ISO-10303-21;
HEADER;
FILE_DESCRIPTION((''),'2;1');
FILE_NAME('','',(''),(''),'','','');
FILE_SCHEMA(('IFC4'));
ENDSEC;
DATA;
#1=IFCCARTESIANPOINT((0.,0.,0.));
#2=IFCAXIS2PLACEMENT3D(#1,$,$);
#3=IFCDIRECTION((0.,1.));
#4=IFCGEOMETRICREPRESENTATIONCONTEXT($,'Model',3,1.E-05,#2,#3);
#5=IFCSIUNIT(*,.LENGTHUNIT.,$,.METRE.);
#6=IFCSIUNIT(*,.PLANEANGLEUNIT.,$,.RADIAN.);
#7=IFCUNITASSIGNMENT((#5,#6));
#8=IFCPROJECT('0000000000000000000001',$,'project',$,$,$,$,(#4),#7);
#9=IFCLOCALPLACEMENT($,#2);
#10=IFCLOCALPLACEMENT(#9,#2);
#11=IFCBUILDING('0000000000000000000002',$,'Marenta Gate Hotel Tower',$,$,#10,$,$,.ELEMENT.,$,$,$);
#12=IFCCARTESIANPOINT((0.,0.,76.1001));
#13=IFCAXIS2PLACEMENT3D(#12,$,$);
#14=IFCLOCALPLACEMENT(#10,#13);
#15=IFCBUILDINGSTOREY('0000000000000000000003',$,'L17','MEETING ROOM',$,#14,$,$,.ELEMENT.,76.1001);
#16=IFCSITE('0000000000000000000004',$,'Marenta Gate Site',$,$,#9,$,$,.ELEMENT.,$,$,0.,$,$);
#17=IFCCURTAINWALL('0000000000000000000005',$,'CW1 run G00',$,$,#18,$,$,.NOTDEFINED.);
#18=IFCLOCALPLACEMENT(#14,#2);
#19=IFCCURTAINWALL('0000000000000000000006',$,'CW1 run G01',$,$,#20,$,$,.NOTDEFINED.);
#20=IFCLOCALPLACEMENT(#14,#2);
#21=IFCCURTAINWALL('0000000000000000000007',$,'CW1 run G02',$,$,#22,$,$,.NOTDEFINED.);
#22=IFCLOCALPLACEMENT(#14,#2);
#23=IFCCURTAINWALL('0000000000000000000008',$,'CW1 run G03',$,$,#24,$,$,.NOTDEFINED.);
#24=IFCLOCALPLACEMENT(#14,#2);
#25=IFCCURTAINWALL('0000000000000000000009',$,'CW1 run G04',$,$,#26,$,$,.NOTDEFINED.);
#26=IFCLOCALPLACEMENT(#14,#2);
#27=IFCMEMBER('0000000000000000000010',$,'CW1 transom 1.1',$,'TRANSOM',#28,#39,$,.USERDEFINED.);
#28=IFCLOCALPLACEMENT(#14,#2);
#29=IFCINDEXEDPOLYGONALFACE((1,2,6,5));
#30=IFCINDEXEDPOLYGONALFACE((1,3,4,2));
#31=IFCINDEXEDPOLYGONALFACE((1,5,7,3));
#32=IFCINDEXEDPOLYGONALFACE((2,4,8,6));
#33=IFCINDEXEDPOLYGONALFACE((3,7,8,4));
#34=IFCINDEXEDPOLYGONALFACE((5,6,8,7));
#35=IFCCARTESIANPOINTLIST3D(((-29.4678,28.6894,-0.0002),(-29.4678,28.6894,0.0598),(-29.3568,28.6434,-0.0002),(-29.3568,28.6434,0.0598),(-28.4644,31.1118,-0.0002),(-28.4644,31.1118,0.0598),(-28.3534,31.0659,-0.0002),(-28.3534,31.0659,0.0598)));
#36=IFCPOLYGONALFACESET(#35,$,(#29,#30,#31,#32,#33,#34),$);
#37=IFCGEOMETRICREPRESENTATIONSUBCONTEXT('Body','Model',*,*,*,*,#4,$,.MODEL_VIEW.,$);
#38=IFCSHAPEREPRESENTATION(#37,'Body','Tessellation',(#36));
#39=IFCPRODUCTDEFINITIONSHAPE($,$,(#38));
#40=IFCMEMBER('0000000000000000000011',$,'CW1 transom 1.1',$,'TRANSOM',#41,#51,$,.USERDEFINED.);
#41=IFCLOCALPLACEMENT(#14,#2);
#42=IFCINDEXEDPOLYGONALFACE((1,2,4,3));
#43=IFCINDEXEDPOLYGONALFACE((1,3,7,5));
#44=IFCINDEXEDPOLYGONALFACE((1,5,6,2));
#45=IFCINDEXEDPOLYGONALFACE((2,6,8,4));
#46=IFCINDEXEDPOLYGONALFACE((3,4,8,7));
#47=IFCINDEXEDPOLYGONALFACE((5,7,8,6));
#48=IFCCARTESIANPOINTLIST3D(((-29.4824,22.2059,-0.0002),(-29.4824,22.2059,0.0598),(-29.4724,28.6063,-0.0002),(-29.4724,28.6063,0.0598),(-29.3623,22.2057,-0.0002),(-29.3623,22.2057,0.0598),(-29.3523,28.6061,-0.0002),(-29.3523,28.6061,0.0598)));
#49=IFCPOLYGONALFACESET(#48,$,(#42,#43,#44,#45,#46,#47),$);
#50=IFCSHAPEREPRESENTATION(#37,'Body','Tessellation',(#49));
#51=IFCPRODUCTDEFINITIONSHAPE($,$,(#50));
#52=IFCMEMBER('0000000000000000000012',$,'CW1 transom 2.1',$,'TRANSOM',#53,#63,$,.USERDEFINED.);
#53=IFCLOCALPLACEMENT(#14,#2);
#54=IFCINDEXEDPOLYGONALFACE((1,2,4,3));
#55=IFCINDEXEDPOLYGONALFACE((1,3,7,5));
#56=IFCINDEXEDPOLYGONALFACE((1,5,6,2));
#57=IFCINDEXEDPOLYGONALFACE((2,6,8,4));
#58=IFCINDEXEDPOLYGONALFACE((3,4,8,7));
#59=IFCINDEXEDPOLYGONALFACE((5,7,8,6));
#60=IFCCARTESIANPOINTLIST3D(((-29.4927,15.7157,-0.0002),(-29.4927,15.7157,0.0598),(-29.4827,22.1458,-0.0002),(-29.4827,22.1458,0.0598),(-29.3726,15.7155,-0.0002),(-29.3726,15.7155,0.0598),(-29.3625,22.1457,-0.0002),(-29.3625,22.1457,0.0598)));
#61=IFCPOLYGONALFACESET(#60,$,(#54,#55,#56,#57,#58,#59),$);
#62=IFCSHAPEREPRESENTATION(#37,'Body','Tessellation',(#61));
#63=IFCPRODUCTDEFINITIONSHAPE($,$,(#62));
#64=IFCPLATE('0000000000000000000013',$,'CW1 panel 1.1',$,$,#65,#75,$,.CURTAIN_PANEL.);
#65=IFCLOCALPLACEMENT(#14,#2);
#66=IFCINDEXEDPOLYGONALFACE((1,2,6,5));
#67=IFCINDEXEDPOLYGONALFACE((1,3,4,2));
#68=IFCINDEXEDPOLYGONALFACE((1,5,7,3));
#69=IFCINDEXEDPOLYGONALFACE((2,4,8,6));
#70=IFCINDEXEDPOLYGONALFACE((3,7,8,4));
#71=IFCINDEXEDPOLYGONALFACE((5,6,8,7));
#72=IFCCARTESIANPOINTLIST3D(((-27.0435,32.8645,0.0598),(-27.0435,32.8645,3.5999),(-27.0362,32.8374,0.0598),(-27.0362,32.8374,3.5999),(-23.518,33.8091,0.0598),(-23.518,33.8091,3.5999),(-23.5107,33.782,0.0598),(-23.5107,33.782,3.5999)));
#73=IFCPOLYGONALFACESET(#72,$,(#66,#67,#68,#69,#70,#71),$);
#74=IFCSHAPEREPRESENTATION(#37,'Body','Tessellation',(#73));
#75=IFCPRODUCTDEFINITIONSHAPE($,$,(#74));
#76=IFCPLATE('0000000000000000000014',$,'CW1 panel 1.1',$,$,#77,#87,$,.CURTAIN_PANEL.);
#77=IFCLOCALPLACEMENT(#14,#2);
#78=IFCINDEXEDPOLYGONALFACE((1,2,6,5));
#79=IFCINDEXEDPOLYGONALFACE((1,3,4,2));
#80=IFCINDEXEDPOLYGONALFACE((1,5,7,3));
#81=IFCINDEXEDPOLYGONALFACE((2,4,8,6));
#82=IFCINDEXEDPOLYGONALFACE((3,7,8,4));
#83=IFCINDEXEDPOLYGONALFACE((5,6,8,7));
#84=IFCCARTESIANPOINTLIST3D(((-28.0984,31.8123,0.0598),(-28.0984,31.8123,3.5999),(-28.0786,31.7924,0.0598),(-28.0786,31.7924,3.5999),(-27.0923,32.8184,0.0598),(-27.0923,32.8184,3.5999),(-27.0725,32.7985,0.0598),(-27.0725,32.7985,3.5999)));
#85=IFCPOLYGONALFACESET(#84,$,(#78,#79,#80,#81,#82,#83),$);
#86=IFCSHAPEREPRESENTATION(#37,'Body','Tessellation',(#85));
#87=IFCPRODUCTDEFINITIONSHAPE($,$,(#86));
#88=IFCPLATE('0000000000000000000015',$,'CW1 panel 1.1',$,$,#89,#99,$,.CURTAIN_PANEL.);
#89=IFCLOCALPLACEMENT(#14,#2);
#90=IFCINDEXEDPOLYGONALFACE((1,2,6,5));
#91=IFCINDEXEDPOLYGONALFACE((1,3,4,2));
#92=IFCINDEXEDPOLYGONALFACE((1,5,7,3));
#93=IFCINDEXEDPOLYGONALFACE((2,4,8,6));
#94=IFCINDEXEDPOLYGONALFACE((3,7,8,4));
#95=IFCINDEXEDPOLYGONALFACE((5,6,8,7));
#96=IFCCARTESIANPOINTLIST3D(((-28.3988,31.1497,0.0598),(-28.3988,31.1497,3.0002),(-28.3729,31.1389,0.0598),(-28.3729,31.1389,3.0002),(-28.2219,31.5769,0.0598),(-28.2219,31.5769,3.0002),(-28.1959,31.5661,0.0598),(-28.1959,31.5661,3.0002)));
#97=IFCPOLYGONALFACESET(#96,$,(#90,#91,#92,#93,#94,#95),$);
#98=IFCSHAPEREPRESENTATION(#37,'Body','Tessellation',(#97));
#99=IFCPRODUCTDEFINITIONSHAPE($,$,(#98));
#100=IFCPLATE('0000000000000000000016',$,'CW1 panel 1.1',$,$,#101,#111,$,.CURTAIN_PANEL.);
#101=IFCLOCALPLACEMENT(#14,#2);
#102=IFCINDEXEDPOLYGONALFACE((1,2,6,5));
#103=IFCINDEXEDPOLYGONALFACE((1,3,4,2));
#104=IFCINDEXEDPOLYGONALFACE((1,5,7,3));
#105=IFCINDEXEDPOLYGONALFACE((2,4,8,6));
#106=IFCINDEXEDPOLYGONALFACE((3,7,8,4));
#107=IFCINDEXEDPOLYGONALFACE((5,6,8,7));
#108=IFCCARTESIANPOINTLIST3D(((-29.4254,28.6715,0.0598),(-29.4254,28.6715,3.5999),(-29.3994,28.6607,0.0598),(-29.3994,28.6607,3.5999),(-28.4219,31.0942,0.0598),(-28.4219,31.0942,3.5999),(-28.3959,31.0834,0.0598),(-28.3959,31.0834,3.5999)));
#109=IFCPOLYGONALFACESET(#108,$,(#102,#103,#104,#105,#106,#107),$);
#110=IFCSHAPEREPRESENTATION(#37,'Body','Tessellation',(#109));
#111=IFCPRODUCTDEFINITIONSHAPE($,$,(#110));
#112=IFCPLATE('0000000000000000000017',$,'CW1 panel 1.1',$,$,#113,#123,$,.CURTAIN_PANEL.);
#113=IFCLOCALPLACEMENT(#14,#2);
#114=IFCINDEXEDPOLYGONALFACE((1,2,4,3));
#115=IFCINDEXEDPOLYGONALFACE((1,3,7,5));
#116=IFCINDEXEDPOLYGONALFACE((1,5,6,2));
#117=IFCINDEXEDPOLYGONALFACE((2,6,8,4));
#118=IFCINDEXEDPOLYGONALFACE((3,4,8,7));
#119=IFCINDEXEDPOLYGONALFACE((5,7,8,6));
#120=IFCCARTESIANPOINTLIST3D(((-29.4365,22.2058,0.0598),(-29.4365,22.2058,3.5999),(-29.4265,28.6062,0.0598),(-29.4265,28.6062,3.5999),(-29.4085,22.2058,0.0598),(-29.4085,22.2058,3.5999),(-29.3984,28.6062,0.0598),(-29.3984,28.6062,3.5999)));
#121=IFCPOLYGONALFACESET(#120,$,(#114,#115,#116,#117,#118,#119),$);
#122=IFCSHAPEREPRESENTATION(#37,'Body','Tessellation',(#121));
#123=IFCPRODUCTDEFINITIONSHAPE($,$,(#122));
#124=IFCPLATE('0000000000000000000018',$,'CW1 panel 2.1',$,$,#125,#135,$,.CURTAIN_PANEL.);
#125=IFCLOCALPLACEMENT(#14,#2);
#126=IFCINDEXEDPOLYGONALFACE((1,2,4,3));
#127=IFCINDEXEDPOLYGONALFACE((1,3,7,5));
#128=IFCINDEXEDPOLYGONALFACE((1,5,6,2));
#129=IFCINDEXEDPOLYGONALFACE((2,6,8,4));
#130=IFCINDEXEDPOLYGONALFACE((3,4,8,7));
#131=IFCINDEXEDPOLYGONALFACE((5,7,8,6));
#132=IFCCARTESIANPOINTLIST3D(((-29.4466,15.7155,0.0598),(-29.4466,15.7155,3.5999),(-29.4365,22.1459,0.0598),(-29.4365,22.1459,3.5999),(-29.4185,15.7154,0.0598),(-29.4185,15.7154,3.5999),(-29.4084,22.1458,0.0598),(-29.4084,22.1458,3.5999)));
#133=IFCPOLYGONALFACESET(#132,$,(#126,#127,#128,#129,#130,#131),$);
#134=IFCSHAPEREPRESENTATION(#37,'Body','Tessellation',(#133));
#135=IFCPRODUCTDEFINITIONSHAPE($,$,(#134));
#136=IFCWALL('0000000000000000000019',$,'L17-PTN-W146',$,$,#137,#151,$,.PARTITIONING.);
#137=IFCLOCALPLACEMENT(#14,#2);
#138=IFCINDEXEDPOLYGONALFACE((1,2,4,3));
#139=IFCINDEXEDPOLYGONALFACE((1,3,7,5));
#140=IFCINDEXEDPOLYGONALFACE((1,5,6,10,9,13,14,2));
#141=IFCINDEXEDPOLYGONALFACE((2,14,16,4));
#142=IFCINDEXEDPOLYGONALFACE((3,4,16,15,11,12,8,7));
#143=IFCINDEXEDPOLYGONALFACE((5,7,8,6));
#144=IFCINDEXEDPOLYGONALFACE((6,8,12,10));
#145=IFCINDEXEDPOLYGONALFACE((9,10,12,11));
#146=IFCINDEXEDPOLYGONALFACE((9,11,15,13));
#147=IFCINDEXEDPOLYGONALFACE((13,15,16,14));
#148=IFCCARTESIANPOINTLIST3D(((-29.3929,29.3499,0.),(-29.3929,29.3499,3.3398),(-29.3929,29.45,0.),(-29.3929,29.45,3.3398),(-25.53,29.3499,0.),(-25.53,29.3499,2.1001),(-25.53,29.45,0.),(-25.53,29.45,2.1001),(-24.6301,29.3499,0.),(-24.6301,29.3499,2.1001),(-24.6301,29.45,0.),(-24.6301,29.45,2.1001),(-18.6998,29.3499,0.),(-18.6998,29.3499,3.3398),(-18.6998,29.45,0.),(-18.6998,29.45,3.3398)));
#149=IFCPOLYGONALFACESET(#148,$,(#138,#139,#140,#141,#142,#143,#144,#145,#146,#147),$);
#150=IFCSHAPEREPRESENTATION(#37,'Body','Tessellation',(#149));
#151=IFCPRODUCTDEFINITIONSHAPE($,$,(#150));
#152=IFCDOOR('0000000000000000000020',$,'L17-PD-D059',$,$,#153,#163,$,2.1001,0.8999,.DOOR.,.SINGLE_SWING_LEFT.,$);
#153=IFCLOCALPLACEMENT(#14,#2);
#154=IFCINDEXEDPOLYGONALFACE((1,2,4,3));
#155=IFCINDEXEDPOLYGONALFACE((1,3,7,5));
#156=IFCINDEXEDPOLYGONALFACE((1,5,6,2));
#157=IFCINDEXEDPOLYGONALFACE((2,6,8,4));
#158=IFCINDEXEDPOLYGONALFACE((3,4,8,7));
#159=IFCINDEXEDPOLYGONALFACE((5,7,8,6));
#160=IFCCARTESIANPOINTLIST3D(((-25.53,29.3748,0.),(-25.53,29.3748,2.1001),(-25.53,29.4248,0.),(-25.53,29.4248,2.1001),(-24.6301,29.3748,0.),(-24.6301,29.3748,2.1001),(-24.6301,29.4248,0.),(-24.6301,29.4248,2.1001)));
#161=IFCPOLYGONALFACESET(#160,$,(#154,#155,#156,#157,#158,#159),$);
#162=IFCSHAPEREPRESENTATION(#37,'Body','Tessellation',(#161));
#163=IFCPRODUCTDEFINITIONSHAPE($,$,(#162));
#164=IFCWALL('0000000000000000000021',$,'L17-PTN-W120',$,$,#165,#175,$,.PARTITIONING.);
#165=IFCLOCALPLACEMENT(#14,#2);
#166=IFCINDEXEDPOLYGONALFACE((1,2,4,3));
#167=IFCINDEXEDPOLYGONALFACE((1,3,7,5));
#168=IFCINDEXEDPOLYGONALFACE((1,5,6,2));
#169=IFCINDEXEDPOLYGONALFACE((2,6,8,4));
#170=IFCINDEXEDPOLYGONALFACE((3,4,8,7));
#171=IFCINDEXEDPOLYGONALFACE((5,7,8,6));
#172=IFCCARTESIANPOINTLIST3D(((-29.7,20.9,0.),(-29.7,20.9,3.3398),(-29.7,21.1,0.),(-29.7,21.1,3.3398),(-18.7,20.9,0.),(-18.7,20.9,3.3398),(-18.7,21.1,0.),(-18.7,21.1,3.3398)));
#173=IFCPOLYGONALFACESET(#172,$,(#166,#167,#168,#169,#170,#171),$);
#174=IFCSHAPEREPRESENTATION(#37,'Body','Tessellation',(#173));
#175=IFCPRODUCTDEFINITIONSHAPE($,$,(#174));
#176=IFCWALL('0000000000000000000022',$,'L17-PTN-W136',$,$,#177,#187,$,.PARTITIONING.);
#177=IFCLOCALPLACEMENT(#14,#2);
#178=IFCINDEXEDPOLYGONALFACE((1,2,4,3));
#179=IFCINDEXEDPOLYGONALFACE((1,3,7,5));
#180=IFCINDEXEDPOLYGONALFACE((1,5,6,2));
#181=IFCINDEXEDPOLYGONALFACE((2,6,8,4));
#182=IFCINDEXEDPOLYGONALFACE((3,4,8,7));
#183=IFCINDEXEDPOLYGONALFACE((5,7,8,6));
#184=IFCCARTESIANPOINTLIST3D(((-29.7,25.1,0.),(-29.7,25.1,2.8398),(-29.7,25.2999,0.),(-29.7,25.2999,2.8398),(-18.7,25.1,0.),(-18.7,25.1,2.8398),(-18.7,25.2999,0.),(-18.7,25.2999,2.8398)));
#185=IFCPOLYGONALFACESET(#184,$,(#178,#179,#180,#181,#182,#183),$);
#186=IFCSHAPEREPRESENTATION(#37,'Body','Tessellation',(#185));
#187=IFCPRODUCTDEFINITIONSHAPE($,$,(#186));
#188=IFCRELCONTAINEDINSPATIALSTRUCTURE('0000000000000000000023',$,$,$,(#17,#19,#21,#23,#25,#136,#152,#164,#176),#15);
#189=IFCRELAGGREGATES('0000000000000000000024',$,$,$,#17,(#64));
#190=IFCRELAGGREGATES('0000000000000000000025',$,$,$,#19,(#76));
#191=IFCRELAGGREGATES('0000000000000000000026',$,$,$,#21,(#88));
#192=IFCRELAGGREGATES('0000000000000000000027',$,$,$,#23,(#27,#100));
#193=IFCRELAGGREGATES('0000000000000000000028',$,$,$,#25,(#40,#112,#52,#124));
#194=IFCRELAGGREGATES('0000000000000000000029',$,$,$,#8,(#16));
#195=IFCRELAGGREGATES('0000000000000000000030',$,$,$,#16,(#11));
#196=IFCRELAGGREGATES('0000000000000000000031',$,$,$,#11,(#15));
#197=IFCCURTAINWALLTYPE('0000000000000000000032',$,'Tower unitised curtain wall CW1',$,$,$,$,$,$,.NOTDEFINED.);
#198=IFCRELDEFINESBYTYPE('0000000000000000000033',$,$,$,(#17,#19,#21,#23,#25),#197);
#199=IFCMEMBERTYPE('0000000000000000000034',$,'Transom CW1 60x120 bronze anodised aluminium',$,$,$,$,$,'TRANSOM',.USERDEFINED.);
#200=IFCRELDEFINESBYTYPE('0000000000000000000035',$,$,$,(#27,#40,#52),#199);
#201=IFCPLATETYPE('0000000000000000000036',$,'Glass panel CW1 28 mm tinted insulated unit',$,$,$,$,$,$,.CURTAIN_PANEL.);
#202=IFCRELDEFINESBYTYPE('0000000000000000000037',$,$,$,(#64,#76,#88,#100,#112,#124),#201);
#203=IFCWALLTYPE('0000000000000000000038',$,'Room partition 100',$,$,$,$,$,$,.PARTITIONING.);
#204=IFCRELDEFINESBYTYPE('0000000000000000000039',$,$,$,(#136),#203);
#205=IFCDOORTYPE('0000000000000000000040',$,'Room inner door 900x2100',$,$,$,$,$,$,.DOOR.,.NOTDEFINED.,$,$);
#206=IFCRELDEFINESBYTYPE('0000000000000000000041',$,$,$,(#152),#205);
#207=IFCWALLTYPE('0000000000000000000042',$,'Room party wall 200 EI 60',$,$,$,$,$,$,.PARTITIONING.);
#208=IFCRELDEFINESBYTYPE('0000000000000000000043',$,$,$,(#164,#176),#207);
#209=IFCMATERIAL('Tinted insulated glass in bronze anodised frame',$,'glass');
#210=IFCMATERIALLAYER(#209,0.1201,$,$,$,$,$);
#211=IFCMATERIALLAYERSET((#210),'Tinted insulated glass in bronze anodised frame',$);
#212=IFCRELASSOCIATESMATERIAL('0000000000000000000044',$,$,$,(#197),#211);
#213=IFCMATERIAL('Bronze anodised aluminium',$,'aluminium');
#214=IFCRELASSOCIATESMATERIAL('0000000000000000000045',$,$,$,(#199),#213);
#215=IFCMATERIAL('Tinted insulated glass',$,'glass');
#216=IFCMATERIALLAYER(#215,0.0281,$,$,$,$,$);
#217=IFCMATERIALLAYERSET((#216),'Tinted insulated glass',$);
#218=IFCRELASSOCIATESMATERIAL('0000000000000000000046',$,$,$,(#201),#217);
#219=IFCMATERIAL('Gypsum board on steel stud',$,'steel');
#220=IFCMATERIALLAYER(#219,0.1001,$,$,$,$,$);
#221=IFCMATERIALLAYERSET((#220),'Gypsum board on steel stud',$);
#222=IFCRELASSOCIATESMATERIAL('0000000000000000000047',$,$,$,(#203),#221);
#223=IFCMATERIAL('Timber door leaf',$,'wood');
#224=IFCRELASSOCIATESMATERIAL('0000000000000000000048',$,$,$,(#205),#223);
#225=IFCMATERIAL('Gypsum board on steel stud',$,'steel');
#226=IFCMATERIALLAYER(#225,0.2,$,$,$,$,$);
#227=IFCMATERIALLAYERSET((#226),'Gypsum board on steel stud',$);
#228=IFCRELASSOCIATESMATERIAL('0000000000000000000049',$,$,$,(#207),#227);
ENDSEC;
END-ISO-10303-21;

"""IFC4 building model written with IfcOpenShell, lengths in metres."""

from ifc_helpers import new_model, si_unit, direction, frame, frame_2d, origin, origin_2d, place, context, subcontext, project, spatial, rectangle, extrude, material, layer, layer_set, material_profile, profile_set, type_object, element, fill, aggregate, save


model = new_model("IFC4")

# Units and contexts
model_context = context("Model", 3, precision=1e-05, world=origin(), true_north=direction((0.0, 1.0)))
body_context = subcontext(model_context, "Body", "Model", "MODEL_VIEW")
ifc_project = project(units=[si_unit("LENGTHUNIT", "METRE"), si_unit("PLANEANGLEUNIT", "RADIAN")], contexts=[model_context])

# Site, building, storey
site_placement = place(None, origin())
site = spatial("IfcSite", under=ifc_project, at=site_placement, Name="Marenta Gate Site", CompositionType="ELEMENT", RefElevation=0.0)
building_placement = place(site_placement, origin())
building = spatial("IfcBuilding", under=site, at=building_placement, Name="Marenta Gate Hotel Tower", CompositionType="ELEMENT")
storey_placement = place(building_placement, frame((0.0, 0.0, 76.1001)))
storey = spatial("IfcBuildingStorey", under=building, at=storey_placement, Name="L17", Description="MEETING ROOM", CompositionType="ELEMENT", Elevation=76.1001)

# Curtain wall
ifc_material_1 = material(Name="Tinted insulated glass in bronze anodised frame", Category="glass")
ifc_layer_1 = layer(ifc_material_1, 0.1201)
ifc_layer_set_1 = layer_set([ifc_layer_1], Name="Tinted insulated glass in bronze anodised frame")
curtain_wall_type = type_object("IfcCurtainWallType", Name="Tower unitised curtain wall CW1", PredefinedType="NOTDEFINED", material=ifc_layer_set_1)
curtain_wall_1_placement = place(storey_placement, origin())
curtain_wall_1 = element("IfcCurtainWall", 1, at=curtain_wall_1_placement, inside=storey, type_object=curtain_wall_type, Name="CW1 run G00", PredefinedType="NOTDEFINED")

# Curtain wall
curtain_wall_2_placement = place(storey_placement, origin())
curtain_wall_2 = element("IfcCurtainWall", 2, at=curtain_wall_2_placement, inside=storey, type_object=curtain_wall_type, Name="CW1 run G01", PredefinedType="NOTDEFINED")

# Curtain walls
curtain_wall_3_placement = place(storey_placement, origin())
curtain_wall_3 = element("IfcCurtainWall", 3, at=curtain_wall_3_placement, inside=storey, type_object=curtain_wall_type, Name="CW1 run G02", PredefinedType="NOTDEFINED")
curtain_wall_4_placement = place(storey_placement, origin())
curtain_wall_4 = element("IfcCurtainWall", 4, at=curtain_wall_4_placement, inside=storey, type_object=curtain_wall_type, Name="CW1 run G03", PredefinedType="NOTDEFINED")

# Curtain wall
curtain_wall_5_placement = place(storey_placement, origin())
curtain_wall_5 = element("IfcCurtainWall", 5, at=curtain_wall_5_placement, inside=storey, type_object=curtain_wall_type, Name="CW1 run G04", PredefinedType="NOTDEFINED")

# Members
ifc_material_2 = material(Name="Bronze anodised aluminium", Category="aluminium")
ifc_material_profile_1 = material_profile(ifc_material_2, rectangle(XDim=0.1201, YDim=0.0601, at=origin_2d()), Name="Transom CW1 60x120 bronze anodised aluminium")
ifc_profile_set_1 = profile_set([ifc_material_profile_1], Name="Bronze anodised aluminium")
member_type_1 = type_object("IfcMemberType", Name="Transom CW1 60x120 bronze anodised aluminium", ElementType="TRANSOM", PredefinedType="USERDEFINED", material=ifc_profile_set_1)
member_1_placement = place(storey_placement, frame((-28.4089, 31.0889, 0.0298), z_axis=(-0.382664, -0.923887, 0.0), x_axis=(0.923887, -0.382664, 0.0)))
member_1 = element("IfcMember", 6, at=member_1_placement, type_object=member_type_1, Name="CW1 transom 1.1", ObjectType="TRANSOM", PredefinedType="USERDEFINED", context=body_context, shape_type="SweptSolid", body=[
    extrude(rectangle(XDim=0.1201, YDim=0.0601, at=origin_2d()), origin(), (0.0, 0.0, 1.0), 2.6221),
])
member_2_placement = place(storey_placement, frame((-29.4124, 28.6062, 0.0298), z_axis=(-0.001564, -0.999999, 0.0), x_axis=(0.999999, -0.001564, 0.0)))
member_2 = element("IfcMember", 7, at=member_2_placement, type_object=member_type_1, Name="CW1 transom 1.1", ObjectType="TRANSOM", PredefinedType="USERDEFINED", context=body_context, shape_type="SweptSolid", body=[
    extrude(rectangle(XDim=0.1201, YDim=0.0601, at=origin_2d()), origin(), (0.0, 0.0, 1.0), 6.4004),
])
member_3_placement = place(storey_placement, frame((-29.4226, 22.1458, 0.0298), z_axis=(-0.001557, -0.999999, 0.0), x_axis=(0.999999, -0.001557, 0.0)))
member_3 = element("IfcMember", 8, at=member_3_placement, type_object=member_type_1, Name="CW1 transom 2.1", ObjectType="TRANSOM", PredefinedType="USERDEFINED", context=body_context, shape_type="SweptSolid", body=[
    extrude(rectangle(XDim=0.1201, YDim=0.0601, at=origin_2d()), origin(), (0.0, 0.0, 1.0), 6.4302),
])

# Plates
ifc_material_3 = material(Name="Tinted insulated glass", Category="glass")
ifc_layer_2 = layer(ifc_material_3, 0.0281)
ifc_layer_set_2 = layer_set([ifc_layer_2], Name="Tinted insulated glass")
plate_type = type_object("IfcPlateType", Name="Glass panel CW1 28 mm tinted insulated unit", PredefinedType="CURTAIN_PANEL", material=ifc_layer_set_2)
plate_1_placement = place(storey_placement, frame((-25.2771, 33.3232, 0.0598), z_axis=(0.0, 0.0, 1.0), x_axis=(-0.96593, -0.258802, 0.0)))
plate_1 = element("IfcPlate", 9, at=plate_1_placement, type_object=plate_type, Name="CW1 panel 1.1", PredefinedType="CURTAIN_PANEL", context=body_context, shape_type="SweptSolid", body=[
    extrude(rectangle(XDim=3.6499, YDim=0.0281, at=origin_2d()), origin(), (0.0, 0.0, 1.0), 3.54),
])
aggregate(curtain_wall_1, [plate_1])
plate_2_placement = place(storey_placement, frame((-27.5854, 32.3054, 0.0598), z_axis=(0.0, 0.0, 1.0), x_axis=(-0.707107, -0.707107, 0.0)))
plate_2 = element("IfcPlate", 10, at=plate_2_placement, type_object=plate_type, Name="CW1 panel 1.1", PredefinedType="CURTAIN_PANEL", context=body_context, shape_type="SweptSolid", body=[
    extrude(rectangle(XDim=1.4229, YDim=0.0281, at=origin_2d()), origin(), (0.0, 0.0, 1.0), 3.54),
])
aggregate(curtain_wall_2, [plate_2])
plate_3_placement = place(storey_placement, frame((-28.2974, 31.3579, 0.0598), z_axis=(0.0, 0.0, 1.0), x_axis=(-0.382684, -0.923879, 0.0)))
plate_3 = element("IfcPlate", 11, at=plate_3_placement, type_object=plate_type, Name="CW1 panel 1.1", PredefinedType="CURTAIN_PANEL", context=body_context, shape_type="SweptSolid", body=[
    extrude(rectangle(XDim=0.4624, YDim=0.0281, at=origin_2d()), origin(), (0.0, 0.0, 1.0), 2.9404),
])
aggregate(curtain_wall_3, [plate_3])
plate_4_placement = place(storey_placement, frame((-28.9106, 29.8774, 0.0598), z_axis=(0.0, 0.0, 1.0), x_axis=(-0.382677, -0.923882, 0.0)))
plate_4 = element("IfcPlate", 12, at=plate_4_placement, type_object=plate_type, Name="CW1 panel 1.1", PredefinedType="CURTAIN_PANEL", context=body_context, shape_type="SweptSolid", body=[
    extrude(rectangle(XDim=2.6223, YDim=0.0281, at=origin_2d()), origin(), (0.0, 0.0, 1.0), 3.54),
])
aggregate(curtain_wall_4, [member_1, plate_4])
plate_5_placement = place(storey_placement, frame((-29.4175, 25.406, 0.0598), z_axis=(0.0, 0.0, 1.0), x_axis=(-0.001566, -0.999999, 0.0)))
plate_5 = element("IfcPlate", 13, at=plate_5_placement, type_object=plate_type, Name="CW1 panel 1.1", PredefinedType="CURTAIN_PANEL", context=body_context, shape_type="SweptSolid", body=[
    extrude(rectangle(XDim=6.4004, YDim=0.0281, at=origin_2d()), origin(), (0.0, 0.0, 1.0), 3.54),
])
plate_6_placement = place(storey_placement, frame((-29.4275, 18.9307, 0.0598), z_axis=(0.0, 0.0, 1.0), x_axis=(-0.001566, -0.999999, 0.0)))
plate_6 = element("IfcPlate", 14, at=plate_6_placement, type_object=plate_type, Name="CW1 panel 2.1", PredefinedType="CURTAIN_PANEL", context=body_context, shape_type="SweptSolid", body=[
    extrude(rectangle(XDim=6.4304, YDim=0.0281, at=origin_2d()), origin(), (0.0, 0.0, 1.0), 3.54),
])
aggregate(curtain_wall_5, [member_2, plate_5, member_3, plate_6])

# Wall, opening, door
ifc_material_4 = material(Name="Gypsum board on steel stud", Category="steel")
ifc_layer_3 = layer(ifc_material_4, 0.1001)
ifc_layer_set_3 = layer_set([ifc_layer_3], Name="Gypsum board on steel stud")
wall_type_1 = type_object("IfcWallType", Name="Room partition 100", PredefinedType="PARTITIONING", material=ifc_layer_set_3)
wall_1_placement = place(storey_placement, frame((-29.3931, 29.3999, 0.0), z_axis=(0.0, 0.0, 1.0), x_axis=(1.0, 0.0, 0.0)))
wall_1 = element("IfcWall", 15, at=wall_1_placement, inside=storey, type_object=wall_type_1, Name="L17-PTN-W146", PredefinedType="PARTITIONING", context=body_context, shape_type="SweptSolid", body=[
    extrude(rectangle(XDim=10.6931, YDim=0.1001, at=frame_2d((5.3467, 0.0))), origin(), (0.0, 0.0, 1.0), 3.3398),
])
opening_placement = place(wall_1_placement, frame((3.863, 0.0, 0.0)))
opening = element("IfcOpeningElement", 16, at=opening_placement, cuts=wall_1, PredefinedType="OPENING", context=body_context, shape_type="SweptSolid", body=[
    extrude(rectangle(XDim=0.8999, YDim=2.1001, at=frame_2d((0.45, 1.05))), frame((0.0, 0.05, 0.0), z_axis=(0.0, -1.0, 0.0), x_axis=(1.0, 0.0, 0.0)), (0.0, 0.0, 1.0), 0.1001),
])
ifc_material_5 = material(Name="Timber door leaf", Category="wood")
door_type = type_object("IfcDoorType", Name="Room inner door 900x2100", OperationType="NOTDEFINED", PredefinedType="DOOR", material=ifc_material_5)
door_placement = place(opening_placement, origin())
door = element("IfcDoor", 17, at=door_placement, inside=storey, type_object=door_type, Name="L17-PD-D059", OperationType="SINGLE_SWING_LEFT", OverallHeight=2.1001, OverallWidth=0.8999, PredefinedType="DOOR", context=body_context, shape_type="SweptSolid", body=[
    extrude(rectangle(XDim=0.8999, YDim=2.1001, at=frame_2d((0.45, 1.05))), frame((0.0, 0.0249, 0.0), z_axis=(0.0, -1.0, 0.0), x_axis=(1.0, 0.0, 0.0)), (0.0, 0.0, 1.0), 0.05),
])
fill(opening, door)

# Walls
ifc_material_6 = material(Name="Gypsum board on steel stud", Category="steel")
ifc_layer_4 = layer(ifc_material_6, 0.2)
ifc_layer_set_4 = layer_set([ifc_layer_4], Name="Gypsum board on steel stud")
wall_type_2 = type_object("IfcWallType", Name="Room party wall 200 EI 60", PredefinedType="PARTITIONING", material=ifc_layer_set_4)
wall_2_placement = place(storey_placement, frame((-29.7, 21.0, 0.0), z_axis=(0.0, 0.0, 1.0), x_axis=(1.0, 0.0, 0.0)))
element("IfcWall", 18, at=wall_2_placement, inside=storey, type_object=wall_type_2, Name="L17-PTN-W120", PredefinedType="PARTITIONING", context=body_context, shape_type="SweptSolid", body=[
    extrude(rectangle(XDim=11.0, YDim=0.2, at=frame_2d((5.5, 0.0))), origin(), (0.0, 0.0, 1.0), 3.3398),
])
wall_3_placement = place(storey_placement, frame((-29.7, 25.2, 0.0), z_axis=(0.0, 0.0, 1.0), x_axis=(1.0, 0.0, 0.0)))
element("IfcWall", 19, at=wall_3_placement, inside=storey, type_object=wall_type_2, Name="L17-PTN-W136", PredefinedType="PARTITIONING", context=body_context, shape_type="SweptSolid", body=[
    extrude(rectangle(XDim=11.0, YDim=0.2, at=frame_2d((5.5, 0.0))), origin(), (0.0, 0.0, 1.0), 2.8398),
])

save(model, "model.ifc")
